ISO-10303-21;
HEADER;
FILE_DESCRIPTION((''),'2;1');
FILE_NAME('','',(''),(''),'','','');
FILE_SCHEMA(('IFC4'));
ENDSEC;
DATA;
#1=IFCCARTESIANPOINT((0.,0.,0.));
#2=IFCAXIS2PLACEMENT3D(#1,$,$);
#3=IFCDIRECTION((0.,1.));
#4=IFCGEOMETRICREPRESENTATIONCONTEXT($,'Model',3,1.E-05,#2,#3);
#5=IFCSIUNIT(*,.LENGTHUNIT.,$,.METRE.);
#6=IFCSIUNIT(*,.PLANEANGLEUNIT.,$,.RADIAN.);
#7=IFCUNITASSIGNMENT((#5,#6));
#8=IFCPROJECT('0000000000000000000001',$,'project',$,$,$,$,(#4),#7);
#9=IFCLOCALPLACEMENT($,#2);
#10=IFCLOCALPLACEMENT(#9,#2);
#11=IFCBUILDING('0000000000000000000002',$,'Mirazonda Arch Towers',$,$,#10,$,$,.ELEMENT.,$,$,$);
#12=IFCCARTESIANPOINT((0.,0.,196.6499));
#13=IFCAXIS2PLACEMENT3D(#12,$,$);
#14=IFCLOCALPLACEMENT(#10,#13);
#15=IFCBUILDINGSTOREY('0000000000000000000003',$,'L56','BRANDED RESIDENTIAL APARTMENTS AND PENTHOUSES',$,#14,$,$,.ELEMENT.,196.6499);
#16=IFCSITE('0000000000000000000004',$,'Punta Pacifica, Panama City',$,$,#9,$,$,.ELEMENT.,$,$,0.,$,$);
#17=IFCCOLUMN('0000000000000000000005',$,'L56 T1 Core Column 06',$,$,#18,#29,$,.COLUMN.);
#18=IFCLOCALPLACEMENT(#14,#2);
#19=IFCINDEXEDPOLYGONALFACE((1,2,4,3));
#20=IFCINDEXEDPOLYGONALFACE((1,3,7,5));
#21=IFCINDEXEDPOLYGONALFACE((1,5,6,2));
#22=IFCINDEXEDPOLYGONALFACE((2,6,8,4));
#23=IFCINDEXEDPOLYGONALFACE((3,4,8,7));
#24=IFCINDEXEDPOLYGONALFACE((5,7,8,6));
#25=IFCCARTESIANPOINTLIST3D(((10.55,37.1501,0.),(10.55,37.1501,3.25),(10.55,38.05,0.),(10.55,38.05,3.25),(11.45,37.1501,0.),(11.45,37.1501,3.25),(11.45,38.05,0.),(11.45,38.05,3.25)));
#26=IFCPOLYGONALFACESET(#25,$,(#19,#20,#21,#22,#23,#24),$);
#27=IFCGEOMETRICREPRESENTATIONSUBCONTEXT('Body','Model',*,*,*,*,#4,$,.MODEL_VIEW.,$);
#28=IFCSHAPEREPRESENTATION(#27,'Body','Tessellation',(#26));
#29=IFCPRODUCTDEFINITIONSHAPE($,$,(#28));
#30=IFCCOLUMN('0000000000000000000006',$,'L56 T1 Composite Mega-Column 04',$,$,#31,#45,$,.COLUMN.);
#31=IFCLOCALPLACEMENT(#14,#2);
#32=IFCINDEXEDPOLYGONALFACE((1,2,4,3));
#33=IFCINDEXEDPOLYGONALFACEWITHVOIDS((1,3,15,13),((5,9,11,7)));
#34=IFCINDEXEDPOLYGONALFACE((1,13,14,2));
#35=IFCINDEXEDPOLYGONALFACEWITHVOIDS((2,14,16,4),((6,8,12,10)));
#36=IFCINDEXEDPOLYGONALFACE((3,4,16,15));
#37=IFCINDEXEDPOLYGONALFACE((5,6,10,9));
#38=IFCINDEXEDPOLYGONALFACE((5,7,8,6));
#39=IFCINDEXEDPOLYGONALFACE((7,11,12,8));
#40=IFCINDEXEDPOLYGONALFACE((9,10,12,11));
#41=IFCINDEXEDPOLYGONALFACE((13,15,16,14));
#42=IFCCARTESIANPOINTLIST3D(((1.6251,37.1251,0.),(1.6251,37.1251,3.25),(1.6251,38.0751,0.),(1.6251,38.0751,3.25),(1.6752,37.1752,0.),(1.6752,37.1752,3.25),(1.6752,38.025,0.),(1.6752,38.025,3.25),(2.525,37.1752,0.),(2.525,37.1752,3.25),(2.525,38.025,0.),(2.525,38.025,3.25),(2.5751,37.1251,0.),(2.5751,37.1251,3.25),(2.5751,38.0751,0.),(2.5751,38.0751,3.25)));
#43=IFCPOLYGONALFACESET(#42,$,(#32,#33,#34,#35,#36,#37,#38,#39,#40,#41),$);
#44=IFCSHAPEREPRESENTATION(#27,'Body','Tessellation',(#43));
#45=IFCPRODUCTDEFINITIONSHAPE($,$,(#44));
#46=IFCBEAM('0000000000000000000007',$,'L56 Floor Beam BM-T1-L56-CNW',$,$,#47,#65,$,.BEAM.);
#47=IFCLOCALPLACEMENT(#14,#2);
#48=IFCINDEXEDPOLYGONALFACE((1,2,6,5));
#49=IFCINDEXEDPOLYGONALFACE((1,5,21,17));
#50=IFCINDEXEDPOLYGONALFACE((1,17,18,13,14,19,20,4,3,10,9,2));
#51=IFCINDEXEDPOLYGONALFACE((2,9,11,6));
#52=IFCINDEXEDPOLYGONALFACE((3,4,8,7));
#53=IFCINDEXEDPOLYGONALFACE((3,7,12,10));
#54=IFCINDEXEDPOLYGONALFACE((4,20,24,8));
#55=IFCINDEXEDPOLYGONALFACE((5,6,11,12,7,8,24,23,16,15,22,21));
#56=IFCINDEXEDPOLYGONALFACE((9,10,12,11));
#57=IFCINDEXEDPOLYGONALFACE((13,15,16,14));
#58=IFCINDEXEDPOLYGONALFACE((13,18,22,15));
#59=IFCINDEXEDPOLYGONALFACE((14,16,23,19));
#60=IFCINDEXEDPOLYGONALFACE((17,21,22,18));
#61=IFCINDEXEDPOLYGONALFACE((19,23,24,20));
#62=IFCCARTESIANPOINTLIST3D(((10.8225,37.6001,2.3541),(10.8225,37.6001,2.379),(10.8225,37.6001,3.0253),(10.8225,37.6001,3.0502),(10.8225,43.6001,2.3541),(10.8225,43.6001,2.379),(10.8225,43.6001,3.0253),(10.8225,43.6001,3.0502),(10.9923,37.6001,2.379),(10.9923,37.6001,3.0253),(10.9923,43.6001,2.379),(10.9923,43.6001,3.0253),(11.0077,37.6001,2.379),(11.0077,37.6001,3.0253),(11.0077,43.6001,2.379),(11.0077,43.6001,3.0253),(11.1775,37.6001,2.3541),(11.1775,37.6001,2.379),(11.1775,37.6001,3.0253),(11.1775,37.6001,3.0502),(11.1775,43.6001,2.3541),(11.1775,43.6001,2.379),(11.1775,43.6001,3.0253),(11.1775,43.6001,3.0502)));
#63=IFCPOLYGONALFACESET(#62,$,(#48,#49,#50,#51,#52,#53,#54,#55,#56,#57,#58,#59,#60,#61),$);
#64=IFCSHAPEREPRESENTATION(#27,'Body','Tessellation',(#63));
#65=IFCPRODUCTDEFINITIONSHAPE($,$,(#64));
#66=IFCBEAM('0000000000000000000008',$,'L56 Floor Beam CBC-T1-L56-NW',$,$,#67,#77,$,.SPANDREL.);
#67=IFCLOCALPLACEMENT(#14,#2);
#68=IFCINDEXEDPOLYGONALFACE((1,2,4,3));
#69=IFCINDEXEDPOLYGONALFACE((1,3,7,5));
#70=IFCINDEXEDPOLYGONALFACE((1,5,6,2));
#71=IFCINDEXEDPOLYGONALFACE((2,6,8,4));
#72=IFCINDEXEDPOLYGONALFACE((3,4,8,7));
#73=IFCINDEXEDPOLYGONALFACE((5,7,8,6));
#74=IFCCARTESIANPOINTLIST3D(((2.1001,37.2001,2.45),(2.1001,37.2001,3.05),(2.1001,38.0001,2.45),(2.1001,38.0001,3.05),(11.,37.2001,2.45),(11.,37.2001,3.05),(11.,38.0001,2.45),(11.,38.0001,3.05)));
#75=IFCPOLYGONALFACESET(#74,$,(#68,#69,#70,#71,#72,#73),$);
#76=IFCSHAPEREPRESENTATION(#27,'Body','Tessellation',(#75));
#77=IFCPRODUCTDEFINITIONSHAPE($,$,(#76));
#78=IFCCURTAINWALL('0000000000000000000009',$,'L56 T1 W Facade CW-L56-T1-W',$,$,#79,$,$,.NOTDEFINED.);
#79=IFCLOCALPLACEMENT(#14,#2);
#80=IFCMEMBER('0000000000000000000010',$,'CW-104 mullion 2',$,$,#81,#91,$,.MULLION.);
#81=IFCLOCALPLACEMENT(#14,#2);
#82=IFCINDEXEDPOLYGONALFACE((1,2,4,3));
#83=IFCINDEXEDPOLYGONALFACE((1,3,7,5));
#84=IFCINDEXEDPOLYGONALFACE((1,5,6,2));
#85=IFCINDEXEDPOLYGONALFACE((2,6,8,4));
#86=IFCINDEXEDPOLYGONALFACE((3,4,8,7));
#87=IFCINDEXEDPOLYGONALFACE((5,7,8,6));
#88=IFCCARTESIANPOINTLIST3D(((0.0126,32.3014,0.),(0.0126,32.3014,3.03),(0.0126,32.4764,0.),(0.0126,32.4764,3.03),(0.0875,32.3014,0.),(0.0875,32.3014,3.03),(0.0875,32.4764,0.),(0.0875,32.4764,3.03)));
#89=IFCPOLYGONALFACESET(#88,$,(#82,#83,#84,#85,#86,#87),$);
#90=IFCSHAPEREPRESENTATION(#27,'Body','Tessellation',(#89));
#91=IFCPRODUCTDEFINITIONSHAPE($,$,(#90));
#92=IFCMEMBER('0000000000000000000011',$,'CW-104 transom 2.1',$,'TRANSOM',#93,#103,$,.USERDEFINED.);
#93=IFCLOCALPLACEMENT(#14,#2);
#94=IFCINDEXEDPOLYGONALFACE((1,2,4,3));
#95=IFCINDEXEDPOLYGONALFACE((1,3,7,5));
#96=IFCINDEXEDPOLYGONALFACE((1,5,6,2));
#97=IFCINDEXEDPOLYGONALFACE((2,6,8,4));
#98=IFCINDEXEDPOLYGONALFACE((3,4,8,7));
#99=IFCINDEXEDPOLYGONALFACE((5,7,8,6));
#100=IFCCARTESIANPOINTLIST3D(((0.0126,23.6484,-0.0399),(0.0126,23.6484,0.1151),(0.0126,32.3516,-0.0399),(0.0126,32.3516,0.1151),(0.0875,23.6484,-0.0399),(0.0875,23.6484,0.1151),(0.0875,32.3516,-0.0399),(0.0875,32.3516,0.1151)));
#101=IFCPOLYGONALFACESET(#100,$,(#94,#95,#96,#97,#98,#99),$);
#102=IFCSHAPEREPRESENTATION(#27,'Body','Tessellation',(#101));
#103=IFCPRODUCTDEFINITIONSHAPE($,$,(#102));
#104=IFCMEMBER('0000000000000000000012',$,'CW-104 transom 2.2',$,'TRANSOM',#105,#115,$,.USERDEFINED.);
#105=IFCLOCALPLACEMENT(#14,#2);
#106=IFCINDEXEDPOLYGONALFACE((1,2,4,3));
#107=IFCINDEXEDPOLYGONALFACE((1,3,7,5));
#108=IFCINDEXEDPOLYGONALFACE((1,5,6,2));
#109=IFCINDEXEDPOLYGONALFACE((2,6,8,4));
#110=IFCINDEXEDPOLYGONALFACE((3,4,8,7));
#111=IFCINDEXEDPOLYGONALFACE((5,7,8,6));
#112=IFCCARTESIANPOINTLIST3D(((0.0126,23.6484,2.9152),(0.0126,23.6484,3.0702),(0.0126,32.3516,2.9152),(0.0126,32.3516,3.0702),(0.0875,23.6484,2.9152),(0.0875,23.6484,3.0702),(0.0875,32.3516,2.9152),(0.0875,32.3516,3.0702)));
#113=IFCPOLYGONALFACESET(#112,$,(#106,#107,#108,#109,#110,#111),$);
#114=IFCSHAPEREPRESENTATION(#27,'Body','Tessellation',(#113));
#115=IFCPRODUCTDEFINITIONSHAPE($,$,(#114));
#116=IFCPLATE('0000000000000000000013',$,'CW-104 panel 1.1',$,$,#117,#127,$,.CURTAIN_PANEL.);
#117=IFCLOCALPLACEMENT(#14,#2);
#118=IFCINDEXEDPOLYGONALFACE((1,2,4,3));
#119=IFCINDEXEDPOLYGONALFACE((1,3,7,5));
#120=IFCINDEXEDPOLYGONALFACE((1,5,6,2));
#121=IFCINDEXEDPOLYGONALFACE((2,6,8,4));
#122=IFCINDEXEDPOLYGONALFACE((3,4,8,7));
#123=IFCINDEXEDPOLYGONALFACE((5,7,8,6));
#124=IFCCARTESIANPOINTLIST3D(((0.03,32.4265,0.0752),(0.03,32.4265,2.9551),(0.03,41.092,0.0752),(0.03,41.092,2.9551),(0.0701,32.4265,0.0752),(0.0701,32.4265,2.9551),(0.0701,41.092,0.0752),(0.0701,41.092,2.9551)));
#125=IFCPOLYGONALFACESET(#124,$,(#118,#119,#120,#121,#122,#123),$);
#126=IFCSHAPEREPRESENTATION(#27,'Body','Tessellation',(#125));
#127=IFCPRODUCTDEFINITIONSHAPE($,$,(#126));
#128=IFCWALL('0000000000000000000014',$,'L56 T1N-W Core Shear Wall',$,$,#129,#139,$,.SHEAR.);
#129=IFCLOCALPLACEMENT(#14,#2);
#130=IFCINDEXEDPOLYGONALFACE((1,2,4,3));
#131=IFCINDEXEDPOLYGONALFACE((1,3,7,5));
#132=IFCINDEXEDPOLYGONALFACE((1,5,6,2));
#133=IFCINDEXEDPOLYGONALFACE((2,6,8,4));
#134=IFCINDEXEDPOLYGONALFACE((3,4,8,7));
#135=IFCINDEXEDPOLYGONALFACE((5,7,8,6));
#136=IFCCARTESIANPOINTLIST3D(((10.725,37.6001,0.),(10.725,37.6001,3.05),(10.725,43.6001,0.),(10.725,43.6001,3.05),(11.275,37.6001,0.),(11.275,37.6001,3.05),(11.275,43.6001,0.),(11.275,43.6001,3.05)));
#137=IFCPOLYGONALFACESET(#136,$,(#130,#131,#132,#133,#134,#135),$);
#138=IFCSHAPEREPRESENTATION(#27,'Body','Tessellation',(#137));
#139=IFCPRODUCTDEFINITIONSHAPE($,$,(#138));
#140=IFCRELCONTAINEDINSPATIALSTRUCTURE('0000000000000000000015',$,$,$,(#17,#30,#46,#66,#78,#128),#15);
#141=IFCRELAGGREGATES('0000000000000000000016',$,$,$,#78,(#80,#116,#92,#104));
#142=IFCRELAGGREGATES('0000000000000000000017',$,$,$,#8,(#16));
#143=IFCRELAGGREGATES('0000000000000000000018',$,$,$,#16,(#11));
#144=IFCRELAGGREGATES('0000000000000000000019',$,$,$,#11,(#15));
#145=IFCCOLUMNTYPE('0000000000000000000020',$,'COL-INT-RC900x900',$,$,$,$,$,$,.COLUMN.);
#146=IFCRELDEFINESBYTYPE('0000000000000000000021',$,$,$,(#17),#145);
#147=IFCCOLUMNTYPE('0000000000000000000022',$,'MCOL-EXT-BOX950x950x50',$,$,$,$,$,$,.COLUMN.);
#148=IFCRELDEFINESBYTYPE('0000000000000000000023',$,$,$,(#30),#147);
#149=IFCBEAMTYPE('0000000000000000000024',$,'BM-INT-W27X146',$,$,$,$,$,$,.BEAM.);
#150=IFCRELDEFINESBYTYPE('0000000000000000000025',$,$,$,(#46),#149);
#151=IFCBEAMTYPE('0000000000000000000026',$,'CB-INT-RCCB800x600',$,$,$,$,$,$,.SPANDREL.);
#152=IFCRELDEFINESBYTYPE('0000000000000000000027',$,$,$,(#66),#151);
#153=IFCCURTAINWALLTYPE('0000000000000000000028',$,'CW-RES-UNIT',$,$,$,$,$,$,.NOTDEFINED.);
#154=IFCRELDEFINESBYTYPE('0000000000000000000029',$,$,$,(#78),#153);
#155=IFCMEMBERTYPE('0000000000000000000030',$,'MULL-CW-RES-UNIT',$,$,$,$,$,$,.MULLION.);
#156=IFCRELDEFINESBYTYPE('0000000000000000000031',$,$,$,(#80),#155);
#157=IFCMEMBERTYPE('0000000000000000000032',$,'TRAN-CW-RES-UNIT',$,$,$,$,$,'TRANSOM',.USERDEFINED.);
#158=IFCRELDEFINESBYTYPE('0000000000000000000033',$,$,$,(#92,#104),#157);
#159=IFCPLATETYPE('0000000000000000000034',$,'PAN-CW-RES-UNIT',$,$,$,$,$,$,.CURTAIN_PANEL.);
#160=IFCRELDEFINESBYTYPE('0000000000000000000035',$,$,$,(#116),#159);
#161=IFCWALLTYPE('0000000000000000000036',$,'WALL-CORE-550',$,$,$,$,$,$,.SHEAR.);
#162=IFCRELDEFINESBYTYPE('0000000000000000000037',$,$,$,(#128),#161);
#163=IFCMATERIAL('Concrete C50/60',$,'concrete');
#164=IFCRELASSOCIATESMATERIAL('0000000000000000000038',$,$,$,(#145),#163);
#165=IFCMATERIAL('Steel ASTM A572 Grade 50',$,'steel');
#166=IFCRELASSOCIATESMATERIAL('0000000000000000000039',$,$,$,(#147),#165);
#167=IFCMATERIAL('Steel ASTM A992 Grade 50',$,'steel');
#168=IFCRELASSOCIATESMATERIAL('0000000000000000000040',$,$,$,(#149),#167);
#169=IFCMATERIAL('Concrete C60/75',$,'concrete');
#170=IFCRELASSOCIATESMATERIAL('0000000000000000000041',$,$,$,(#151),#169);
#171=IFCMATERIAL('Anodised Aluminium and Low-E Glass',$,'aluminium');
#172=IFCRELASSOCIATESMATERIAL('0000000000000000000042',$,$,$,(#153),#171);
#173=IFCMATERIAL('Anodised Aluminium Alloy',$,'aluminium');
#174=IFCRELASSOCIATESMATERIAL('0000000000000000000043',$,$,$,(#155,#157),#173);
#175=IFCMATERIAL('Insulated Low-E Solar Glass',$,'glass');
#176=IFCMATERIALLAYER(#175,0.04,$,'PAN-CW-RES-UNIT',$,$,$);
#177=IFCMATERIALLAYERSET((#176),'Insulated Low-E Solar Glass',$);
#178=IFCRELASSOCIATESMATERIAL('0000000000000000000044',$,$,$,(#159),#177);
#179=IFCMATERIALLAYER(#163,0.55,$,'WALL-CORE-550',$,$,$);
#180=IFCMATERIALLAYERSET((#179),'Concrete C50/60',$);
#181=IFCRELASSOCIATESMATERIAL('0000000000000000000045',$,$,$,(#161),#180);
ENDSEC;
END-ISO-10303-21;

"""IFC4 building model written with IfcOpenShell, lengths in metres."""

from ifc_helpers import new_model, si_unit, direction, frame, frame_2d, origin, origin_2d, place, context, subcontext, project, spatial, rectangle, hollow_rectangle, i_section, extrude, material, layer, layer_set, material_profile, profile_set, type_object, element, aggregate, save


model = new_model("IFC4")

# Units and contexts
model_context = context("Model", 3, precision=1e-05, world=origin(), true_north=direction((0.0, 1.0)))
body_context = subcontext(model_context, "Body", "Model", "MODEL_VIEW")
ifc_project = project(units=[si_unit("LENGTHUNIT", "METRE"), si_unit("PLANEANGLEUNIT", "RADIAN")], contexts=[model_context])

# Site, building, storey
site_placement = place(None, origin())
site = spatial("IfcSite", under=ifc_project, at=site_placement, Name="Punta Pacifica, Panama City", CompositionType="ELEMENT", RefElevation=0.0)
building_placement = place(site_placement, origin())
building = spatial("IfcBuilding", under=site, at=building_placement, Name="Mirazonda Arch Towers", CompositionType="ELEMENT")
storey_placement = place(building_placement, frame((0.0, 0.0, 196.6499)))
storey = spatial("IfcBuildingStorey", under=building, at=storey_placement, Name="L56", Description="BRANDED RESIDENTIAL APARTMENTS AND PENTHOUSES", CompositionType="ELEMENT", Elevation=196.6499)

# Columns
ifc_material_1 = material(Name="Concrete C50/60", Category="concrete")
ifc_material_profile_1 = material_profile(ifc_material_1, rectangle(XDim=0.8999, YDim=0.8999, at=origin_2d()), Name="RC900x900")
ifc_profile_set_1 = profile_set([ifc_material_profile_1], Name="Concrete C50/60")
column_type_1 = type_object("IfcColumnType", Name="COL-INT-RC900x900", PredefinedType="COLUMN", material=ifc_profile_set_1)
column_1_placement = place(storey_placement, frame((11.0, 37.6001, 0.0), z_axis=(0.0, 0.0, 1.0), x_axis=(1.0, 0.0, 0.0)))
element("IfcColumn", 1, at=column_1_placement, inside=storey, type_object=column_type_1, Name="L56 T1 Core Column 06", PredefinedType="COLUMN", context=body_context, shape_type="SweptSolid", body=[
    extrude(rectangle(XDim=0.8999, YDim=0.8999, at=origin_2d()), origin(), (0.0, 0.0, 1.0), 3.25),
])
ifc_material_2 = material(Name="Steel ASTM A572 Grade 50", Category="steel")
ifc_material_profile_2 = material_profile(ifc_material_2, hollow_rectangle(XDim=0.95, YDim=0.95, WallThickness=0.05, at=origin_2d()), Name="BOX950x950x50")
ifc_profile_set_2 = profile_set([ifc_material_profile_2], Name="Steel ASTM A572 Grade 50")
column_type_2 = type_object("IfcColumnType", Name="MCOL-EXT-BOX950x950x50", PredefinedType="COLUMN", material=ifc_profile_set_2)
column_2_placement = place(storey_placement, frame((2.1001, 37.6001, 0.0), z_axis=(0.0, 0.0, 1.0), x_axis=(1.0, 0.0, 0.0)))
element("IfcColumn", 2, at=column_2_placement, inside=storey, type_object=column_type_2, Name="L56 T1 Composite Mega-Column 04", PredefinedType="COLUMN", context=body_context, shape_type="SweptSolid", body=[
    extrude(hollow_rectangle(XDim=0.95, YDim=0.95, WallThickness=0.05, at=origin_2d()), origin(), (0.0, 0.0, 1.0), 3.25),
])

# Beams
ifc_material_3 = material(Name="Steel ASTM A992 Grade 50", Category="steel")
ifc_material_profile_3 = material_profile(ifc_material_3, i_section(OverallWidth=0.355, OverallDepth=0.696, WebThickness=0.0154, FlangeThickness=0.0249, at=origin_2d()), Name="W27X146")
ifc_profile_set_3 = profile_set([ifc_material_profile_3], Name="Steel ASTM A992 Grade 50")
beam_type_1 = type_object("IfcBeamType", Name="BM-INT-W27X146", PredefinedType="BEAM", material=ifc_profile_set_3)
beam_1_placement = place(storey_placement, frame((11.0, 37.6001, 2.7021), z_axis=(0.0, 1.0, 0.0), x_axis=(-1.0, 0.0, 0.0)))
element("IfcBeam", 3, at=beam_1_placement, inside=storey, type_object=beam_type_1, Name="L56 Floor Beam BM-T1-L56-CNW", PredefinedType="BEAM", context=body_context, shape_type="SweptSolid", body=[
    extrude(i_section(OverallWidth=0.355, OverallDepth=0.696, WebThickness=0.0154, FlangeThickness=0.0249, at=origin_2d()), origin(), (0.0, 0.0, 1.0), 6.0),
])
ifc_material_4 = material(Name="Concrete C60/75", Category="concrete")
ifc_material_profile_4 = material_profile(ifc_material_4, rectangle(XDim=0.8, YDim=0.6001, at=origin_2d()), Name="RCCB800x600")
ifc_profile_set_4 = profile_set([ifc_material_profile_4], Name="Concrete C60/75")
beam_type_2 = type_object("IfcBeamType", Name="CB-INT-RCCB800x600", PredefinedType="SPANDREL", material=ifc_profile_set_4)
beam_2_placement = place(storey_placement, frame((2.1001, 37.6001, 2.75), z_axis=(1.0, 0.0, 0.0), x_axis=(0.0, 1.0, 0.0)))
element("IfcBeam", 4, at=beam_2_placement, inside=storey, type_object=beam_type_2, Name="L56 Floor Beam CBC-T1-L56-NW", PredefinedType="SPANDREL", context=body_context, shape_type="SweptSolid", body=[
    extrude(rectangle(XDim=0.8, YDim=0.6001, at=origin_2d()), origin(), (0.0, 0.0, 1.0), 8.8999),
])

# Curtain wall, members, plate
ifc_material_5 = material(Name="Anodised Aluminium and Low-E Glass", Category="aluminium")
curtain_wall_type = type_object("IfcCurtainWallType", Name="CW-RES-UNIT", PredefinedType="NOTDEFINED", material=ifc_material_5)
curtain_wall_placement = place(storey_placement, origin())
curtain_wall = element("IfcCurtainWall", 5, at=curtain_wall_placement, inside=storey, type_object=curtain_wall_type, Name="L56 T1 W Facade CW-L56-T1-W", PredefinedType="NOTDEFINED")
ifc_material_6 = material(Name="Anodised Aluminium Alloy", Category="aluminium")
ifc_material_profile_5 = material_profile(ifc_material_6, rectangle(XDim=0.075, YDim=0.175, at=origin_2d()), Name="ALU-MULL-75x175")
ifc_profile_set_5 = profile_set([ifc_material_profile_5], Name="Anodised Aluminium Alloy")
member_type_1 = type_object("IfcMemberType", Name="MULL-CW-RES-UNIT", PredefinedType="MULLION", material=ifc_profile_set_5)
member_1_placement = place(storey_placement, frame((0.05, 32.3889, 0.0), z_axis=(0.0, 0.0, 1.0), x_axis=(1.0, 0.0, 0.0)))
member_1 = element("IfcMember", 6, at=member_1_placement, type_object=member_type_1, Name="CW-104 mullion 2", PredefinedType="MULLION", context=body_context, shape_type="SweptSolid", body=[
    extrude(rectangle(XDim=0.075, YDim=0.175, at=origin_2d()), origin(), (0.0, 0.0, 1.0), 3.03),
])
ifc_material_profile_6 = material_profile(ifc_material_6, rectangle(XDim=0.075, YDim=0.155, at=origin_2d()), Name="ALU-TRAN-75x155")
ifc_profile_set_6 = profile_set([ifc_material_profile_6], Name="Anodised Aluminium Alloy")
member_type_2 = type_object("IfcMemberType", Name="TRAN-CW-RES-UNIT", ElementType="TRANSOM", PredefinedType="USERDEFINED", material=ifc_profile_set_6)
member_2_placement = place(storey_placement, frame((0.05, 32.3516, 0.0376), z_axis=(0.0, -1.0, 0.0), x_axis=(1.0, 0.0, 0.0)))
member_2 = element("IfcMember", 7, at=member_2_placement, type_object=member_type_2, Name="CW-104 transom 2.1", ObjectType="TRANSOM", PredefinedType="USERDEFINED", context=body_context, shape_type="SweptSolid", body=[
    extrude(rectangle(XDim=0.075, YDim=0.155, at=origin_2d()), origin(), (0.0, 0.0, 1.0), 8.7031),
])
member_3_placement = place(storey_placement, frame((0.05, 32.3516, 2.9927), z_axis=(0.0, -1.0, 0.0), x_axis=(1.0, 0.0, 0.0)))
member_3 = element("IfcMember", 8, at=member_3_placement, type_object=member_type_2, Name="CW-104 transom 2.2", ObjectType="TRANSOM", PredefinedType="USERDEFINED", context=body_context, shape_type="SweptSolid", body=[
    extrude(rectangle(XDim=0.075, YDim=0.155, at=origin_2d()), origin(), (0.0, 0.0, 1.0), 8.7031),
])
ifc_material_7 = material(Name="Insulated Low-E Solar Glass", Category="glass")
ifc_layer_1 = layer(ifc_material_7, 0.04, Name="PAN-CW-RES-UNIT")
ifc_layer_set_1 = layer_set([ifc_layer_1], Name="Insulated Low-E Solar Glass")
plate_type = type_object("IfcPlateType", Name="PAN-CW-RES-UNIT", PredefinedType="CURTAIN_PANEL", material=ifc_layer_set_1)
plate_placement = place(storey_placement, frame((0.05, 36.7593, 0.0752), z_axis=(0.0, 0.0, 1.0), x_axis=(0.0, -1.0, 0.0)))
plate = element("IfcPlate", 9, at=plate_placement, type_object=plate_type, Name="CW-104 panel 1.1", PredefinedType="CURTAIN_PANEL", context=body_context, shape_type="SweptSolid", body=[
    extrude(rectangle(XDim=8.6655, YDim=0.04, at=origin_2d()), origin(), (0.0, 0.0, 1.0), 2.8799),
])
aggregate(curtain_wall, [member_1, plate, member_2, member_3])

# Wall
ifc_layer_2 = layer(ifc_material_1, 0.55, Name="WALL-CORE-550")
ifc_layer_set_2 = layer_set([ifc_layer_2], Name="Concrete C50/60")
wall_type_1 = type_object("IfcWallType", Name="WALL-CORE-550", PredefinedType="SHEAR", material=ifc_layer_set_2)
wall_1_placement = place(storey_placement, frame((11.0, 37.6001, 0.0), z_axis=(0.0, 0.0, 1.0), x_axis=(0.0, 1.0, 0.0)))
element("IfcWall", 10, at=wall_1_placement, inside=storey, type_object=wall_type_1, Name="L56 T1N-W Core Shear Wall", PredefinedType="SHEAR", context=body_context, shape_type="SweptSolid", body=[
    extrude(rectangle(XDim=6.0, YDim=0.55, at=frame_2d((3.0, 0.0))), origin(), (0.0, 0.0, 1.0), 3.05),
])

save(model, "model.ifc")
